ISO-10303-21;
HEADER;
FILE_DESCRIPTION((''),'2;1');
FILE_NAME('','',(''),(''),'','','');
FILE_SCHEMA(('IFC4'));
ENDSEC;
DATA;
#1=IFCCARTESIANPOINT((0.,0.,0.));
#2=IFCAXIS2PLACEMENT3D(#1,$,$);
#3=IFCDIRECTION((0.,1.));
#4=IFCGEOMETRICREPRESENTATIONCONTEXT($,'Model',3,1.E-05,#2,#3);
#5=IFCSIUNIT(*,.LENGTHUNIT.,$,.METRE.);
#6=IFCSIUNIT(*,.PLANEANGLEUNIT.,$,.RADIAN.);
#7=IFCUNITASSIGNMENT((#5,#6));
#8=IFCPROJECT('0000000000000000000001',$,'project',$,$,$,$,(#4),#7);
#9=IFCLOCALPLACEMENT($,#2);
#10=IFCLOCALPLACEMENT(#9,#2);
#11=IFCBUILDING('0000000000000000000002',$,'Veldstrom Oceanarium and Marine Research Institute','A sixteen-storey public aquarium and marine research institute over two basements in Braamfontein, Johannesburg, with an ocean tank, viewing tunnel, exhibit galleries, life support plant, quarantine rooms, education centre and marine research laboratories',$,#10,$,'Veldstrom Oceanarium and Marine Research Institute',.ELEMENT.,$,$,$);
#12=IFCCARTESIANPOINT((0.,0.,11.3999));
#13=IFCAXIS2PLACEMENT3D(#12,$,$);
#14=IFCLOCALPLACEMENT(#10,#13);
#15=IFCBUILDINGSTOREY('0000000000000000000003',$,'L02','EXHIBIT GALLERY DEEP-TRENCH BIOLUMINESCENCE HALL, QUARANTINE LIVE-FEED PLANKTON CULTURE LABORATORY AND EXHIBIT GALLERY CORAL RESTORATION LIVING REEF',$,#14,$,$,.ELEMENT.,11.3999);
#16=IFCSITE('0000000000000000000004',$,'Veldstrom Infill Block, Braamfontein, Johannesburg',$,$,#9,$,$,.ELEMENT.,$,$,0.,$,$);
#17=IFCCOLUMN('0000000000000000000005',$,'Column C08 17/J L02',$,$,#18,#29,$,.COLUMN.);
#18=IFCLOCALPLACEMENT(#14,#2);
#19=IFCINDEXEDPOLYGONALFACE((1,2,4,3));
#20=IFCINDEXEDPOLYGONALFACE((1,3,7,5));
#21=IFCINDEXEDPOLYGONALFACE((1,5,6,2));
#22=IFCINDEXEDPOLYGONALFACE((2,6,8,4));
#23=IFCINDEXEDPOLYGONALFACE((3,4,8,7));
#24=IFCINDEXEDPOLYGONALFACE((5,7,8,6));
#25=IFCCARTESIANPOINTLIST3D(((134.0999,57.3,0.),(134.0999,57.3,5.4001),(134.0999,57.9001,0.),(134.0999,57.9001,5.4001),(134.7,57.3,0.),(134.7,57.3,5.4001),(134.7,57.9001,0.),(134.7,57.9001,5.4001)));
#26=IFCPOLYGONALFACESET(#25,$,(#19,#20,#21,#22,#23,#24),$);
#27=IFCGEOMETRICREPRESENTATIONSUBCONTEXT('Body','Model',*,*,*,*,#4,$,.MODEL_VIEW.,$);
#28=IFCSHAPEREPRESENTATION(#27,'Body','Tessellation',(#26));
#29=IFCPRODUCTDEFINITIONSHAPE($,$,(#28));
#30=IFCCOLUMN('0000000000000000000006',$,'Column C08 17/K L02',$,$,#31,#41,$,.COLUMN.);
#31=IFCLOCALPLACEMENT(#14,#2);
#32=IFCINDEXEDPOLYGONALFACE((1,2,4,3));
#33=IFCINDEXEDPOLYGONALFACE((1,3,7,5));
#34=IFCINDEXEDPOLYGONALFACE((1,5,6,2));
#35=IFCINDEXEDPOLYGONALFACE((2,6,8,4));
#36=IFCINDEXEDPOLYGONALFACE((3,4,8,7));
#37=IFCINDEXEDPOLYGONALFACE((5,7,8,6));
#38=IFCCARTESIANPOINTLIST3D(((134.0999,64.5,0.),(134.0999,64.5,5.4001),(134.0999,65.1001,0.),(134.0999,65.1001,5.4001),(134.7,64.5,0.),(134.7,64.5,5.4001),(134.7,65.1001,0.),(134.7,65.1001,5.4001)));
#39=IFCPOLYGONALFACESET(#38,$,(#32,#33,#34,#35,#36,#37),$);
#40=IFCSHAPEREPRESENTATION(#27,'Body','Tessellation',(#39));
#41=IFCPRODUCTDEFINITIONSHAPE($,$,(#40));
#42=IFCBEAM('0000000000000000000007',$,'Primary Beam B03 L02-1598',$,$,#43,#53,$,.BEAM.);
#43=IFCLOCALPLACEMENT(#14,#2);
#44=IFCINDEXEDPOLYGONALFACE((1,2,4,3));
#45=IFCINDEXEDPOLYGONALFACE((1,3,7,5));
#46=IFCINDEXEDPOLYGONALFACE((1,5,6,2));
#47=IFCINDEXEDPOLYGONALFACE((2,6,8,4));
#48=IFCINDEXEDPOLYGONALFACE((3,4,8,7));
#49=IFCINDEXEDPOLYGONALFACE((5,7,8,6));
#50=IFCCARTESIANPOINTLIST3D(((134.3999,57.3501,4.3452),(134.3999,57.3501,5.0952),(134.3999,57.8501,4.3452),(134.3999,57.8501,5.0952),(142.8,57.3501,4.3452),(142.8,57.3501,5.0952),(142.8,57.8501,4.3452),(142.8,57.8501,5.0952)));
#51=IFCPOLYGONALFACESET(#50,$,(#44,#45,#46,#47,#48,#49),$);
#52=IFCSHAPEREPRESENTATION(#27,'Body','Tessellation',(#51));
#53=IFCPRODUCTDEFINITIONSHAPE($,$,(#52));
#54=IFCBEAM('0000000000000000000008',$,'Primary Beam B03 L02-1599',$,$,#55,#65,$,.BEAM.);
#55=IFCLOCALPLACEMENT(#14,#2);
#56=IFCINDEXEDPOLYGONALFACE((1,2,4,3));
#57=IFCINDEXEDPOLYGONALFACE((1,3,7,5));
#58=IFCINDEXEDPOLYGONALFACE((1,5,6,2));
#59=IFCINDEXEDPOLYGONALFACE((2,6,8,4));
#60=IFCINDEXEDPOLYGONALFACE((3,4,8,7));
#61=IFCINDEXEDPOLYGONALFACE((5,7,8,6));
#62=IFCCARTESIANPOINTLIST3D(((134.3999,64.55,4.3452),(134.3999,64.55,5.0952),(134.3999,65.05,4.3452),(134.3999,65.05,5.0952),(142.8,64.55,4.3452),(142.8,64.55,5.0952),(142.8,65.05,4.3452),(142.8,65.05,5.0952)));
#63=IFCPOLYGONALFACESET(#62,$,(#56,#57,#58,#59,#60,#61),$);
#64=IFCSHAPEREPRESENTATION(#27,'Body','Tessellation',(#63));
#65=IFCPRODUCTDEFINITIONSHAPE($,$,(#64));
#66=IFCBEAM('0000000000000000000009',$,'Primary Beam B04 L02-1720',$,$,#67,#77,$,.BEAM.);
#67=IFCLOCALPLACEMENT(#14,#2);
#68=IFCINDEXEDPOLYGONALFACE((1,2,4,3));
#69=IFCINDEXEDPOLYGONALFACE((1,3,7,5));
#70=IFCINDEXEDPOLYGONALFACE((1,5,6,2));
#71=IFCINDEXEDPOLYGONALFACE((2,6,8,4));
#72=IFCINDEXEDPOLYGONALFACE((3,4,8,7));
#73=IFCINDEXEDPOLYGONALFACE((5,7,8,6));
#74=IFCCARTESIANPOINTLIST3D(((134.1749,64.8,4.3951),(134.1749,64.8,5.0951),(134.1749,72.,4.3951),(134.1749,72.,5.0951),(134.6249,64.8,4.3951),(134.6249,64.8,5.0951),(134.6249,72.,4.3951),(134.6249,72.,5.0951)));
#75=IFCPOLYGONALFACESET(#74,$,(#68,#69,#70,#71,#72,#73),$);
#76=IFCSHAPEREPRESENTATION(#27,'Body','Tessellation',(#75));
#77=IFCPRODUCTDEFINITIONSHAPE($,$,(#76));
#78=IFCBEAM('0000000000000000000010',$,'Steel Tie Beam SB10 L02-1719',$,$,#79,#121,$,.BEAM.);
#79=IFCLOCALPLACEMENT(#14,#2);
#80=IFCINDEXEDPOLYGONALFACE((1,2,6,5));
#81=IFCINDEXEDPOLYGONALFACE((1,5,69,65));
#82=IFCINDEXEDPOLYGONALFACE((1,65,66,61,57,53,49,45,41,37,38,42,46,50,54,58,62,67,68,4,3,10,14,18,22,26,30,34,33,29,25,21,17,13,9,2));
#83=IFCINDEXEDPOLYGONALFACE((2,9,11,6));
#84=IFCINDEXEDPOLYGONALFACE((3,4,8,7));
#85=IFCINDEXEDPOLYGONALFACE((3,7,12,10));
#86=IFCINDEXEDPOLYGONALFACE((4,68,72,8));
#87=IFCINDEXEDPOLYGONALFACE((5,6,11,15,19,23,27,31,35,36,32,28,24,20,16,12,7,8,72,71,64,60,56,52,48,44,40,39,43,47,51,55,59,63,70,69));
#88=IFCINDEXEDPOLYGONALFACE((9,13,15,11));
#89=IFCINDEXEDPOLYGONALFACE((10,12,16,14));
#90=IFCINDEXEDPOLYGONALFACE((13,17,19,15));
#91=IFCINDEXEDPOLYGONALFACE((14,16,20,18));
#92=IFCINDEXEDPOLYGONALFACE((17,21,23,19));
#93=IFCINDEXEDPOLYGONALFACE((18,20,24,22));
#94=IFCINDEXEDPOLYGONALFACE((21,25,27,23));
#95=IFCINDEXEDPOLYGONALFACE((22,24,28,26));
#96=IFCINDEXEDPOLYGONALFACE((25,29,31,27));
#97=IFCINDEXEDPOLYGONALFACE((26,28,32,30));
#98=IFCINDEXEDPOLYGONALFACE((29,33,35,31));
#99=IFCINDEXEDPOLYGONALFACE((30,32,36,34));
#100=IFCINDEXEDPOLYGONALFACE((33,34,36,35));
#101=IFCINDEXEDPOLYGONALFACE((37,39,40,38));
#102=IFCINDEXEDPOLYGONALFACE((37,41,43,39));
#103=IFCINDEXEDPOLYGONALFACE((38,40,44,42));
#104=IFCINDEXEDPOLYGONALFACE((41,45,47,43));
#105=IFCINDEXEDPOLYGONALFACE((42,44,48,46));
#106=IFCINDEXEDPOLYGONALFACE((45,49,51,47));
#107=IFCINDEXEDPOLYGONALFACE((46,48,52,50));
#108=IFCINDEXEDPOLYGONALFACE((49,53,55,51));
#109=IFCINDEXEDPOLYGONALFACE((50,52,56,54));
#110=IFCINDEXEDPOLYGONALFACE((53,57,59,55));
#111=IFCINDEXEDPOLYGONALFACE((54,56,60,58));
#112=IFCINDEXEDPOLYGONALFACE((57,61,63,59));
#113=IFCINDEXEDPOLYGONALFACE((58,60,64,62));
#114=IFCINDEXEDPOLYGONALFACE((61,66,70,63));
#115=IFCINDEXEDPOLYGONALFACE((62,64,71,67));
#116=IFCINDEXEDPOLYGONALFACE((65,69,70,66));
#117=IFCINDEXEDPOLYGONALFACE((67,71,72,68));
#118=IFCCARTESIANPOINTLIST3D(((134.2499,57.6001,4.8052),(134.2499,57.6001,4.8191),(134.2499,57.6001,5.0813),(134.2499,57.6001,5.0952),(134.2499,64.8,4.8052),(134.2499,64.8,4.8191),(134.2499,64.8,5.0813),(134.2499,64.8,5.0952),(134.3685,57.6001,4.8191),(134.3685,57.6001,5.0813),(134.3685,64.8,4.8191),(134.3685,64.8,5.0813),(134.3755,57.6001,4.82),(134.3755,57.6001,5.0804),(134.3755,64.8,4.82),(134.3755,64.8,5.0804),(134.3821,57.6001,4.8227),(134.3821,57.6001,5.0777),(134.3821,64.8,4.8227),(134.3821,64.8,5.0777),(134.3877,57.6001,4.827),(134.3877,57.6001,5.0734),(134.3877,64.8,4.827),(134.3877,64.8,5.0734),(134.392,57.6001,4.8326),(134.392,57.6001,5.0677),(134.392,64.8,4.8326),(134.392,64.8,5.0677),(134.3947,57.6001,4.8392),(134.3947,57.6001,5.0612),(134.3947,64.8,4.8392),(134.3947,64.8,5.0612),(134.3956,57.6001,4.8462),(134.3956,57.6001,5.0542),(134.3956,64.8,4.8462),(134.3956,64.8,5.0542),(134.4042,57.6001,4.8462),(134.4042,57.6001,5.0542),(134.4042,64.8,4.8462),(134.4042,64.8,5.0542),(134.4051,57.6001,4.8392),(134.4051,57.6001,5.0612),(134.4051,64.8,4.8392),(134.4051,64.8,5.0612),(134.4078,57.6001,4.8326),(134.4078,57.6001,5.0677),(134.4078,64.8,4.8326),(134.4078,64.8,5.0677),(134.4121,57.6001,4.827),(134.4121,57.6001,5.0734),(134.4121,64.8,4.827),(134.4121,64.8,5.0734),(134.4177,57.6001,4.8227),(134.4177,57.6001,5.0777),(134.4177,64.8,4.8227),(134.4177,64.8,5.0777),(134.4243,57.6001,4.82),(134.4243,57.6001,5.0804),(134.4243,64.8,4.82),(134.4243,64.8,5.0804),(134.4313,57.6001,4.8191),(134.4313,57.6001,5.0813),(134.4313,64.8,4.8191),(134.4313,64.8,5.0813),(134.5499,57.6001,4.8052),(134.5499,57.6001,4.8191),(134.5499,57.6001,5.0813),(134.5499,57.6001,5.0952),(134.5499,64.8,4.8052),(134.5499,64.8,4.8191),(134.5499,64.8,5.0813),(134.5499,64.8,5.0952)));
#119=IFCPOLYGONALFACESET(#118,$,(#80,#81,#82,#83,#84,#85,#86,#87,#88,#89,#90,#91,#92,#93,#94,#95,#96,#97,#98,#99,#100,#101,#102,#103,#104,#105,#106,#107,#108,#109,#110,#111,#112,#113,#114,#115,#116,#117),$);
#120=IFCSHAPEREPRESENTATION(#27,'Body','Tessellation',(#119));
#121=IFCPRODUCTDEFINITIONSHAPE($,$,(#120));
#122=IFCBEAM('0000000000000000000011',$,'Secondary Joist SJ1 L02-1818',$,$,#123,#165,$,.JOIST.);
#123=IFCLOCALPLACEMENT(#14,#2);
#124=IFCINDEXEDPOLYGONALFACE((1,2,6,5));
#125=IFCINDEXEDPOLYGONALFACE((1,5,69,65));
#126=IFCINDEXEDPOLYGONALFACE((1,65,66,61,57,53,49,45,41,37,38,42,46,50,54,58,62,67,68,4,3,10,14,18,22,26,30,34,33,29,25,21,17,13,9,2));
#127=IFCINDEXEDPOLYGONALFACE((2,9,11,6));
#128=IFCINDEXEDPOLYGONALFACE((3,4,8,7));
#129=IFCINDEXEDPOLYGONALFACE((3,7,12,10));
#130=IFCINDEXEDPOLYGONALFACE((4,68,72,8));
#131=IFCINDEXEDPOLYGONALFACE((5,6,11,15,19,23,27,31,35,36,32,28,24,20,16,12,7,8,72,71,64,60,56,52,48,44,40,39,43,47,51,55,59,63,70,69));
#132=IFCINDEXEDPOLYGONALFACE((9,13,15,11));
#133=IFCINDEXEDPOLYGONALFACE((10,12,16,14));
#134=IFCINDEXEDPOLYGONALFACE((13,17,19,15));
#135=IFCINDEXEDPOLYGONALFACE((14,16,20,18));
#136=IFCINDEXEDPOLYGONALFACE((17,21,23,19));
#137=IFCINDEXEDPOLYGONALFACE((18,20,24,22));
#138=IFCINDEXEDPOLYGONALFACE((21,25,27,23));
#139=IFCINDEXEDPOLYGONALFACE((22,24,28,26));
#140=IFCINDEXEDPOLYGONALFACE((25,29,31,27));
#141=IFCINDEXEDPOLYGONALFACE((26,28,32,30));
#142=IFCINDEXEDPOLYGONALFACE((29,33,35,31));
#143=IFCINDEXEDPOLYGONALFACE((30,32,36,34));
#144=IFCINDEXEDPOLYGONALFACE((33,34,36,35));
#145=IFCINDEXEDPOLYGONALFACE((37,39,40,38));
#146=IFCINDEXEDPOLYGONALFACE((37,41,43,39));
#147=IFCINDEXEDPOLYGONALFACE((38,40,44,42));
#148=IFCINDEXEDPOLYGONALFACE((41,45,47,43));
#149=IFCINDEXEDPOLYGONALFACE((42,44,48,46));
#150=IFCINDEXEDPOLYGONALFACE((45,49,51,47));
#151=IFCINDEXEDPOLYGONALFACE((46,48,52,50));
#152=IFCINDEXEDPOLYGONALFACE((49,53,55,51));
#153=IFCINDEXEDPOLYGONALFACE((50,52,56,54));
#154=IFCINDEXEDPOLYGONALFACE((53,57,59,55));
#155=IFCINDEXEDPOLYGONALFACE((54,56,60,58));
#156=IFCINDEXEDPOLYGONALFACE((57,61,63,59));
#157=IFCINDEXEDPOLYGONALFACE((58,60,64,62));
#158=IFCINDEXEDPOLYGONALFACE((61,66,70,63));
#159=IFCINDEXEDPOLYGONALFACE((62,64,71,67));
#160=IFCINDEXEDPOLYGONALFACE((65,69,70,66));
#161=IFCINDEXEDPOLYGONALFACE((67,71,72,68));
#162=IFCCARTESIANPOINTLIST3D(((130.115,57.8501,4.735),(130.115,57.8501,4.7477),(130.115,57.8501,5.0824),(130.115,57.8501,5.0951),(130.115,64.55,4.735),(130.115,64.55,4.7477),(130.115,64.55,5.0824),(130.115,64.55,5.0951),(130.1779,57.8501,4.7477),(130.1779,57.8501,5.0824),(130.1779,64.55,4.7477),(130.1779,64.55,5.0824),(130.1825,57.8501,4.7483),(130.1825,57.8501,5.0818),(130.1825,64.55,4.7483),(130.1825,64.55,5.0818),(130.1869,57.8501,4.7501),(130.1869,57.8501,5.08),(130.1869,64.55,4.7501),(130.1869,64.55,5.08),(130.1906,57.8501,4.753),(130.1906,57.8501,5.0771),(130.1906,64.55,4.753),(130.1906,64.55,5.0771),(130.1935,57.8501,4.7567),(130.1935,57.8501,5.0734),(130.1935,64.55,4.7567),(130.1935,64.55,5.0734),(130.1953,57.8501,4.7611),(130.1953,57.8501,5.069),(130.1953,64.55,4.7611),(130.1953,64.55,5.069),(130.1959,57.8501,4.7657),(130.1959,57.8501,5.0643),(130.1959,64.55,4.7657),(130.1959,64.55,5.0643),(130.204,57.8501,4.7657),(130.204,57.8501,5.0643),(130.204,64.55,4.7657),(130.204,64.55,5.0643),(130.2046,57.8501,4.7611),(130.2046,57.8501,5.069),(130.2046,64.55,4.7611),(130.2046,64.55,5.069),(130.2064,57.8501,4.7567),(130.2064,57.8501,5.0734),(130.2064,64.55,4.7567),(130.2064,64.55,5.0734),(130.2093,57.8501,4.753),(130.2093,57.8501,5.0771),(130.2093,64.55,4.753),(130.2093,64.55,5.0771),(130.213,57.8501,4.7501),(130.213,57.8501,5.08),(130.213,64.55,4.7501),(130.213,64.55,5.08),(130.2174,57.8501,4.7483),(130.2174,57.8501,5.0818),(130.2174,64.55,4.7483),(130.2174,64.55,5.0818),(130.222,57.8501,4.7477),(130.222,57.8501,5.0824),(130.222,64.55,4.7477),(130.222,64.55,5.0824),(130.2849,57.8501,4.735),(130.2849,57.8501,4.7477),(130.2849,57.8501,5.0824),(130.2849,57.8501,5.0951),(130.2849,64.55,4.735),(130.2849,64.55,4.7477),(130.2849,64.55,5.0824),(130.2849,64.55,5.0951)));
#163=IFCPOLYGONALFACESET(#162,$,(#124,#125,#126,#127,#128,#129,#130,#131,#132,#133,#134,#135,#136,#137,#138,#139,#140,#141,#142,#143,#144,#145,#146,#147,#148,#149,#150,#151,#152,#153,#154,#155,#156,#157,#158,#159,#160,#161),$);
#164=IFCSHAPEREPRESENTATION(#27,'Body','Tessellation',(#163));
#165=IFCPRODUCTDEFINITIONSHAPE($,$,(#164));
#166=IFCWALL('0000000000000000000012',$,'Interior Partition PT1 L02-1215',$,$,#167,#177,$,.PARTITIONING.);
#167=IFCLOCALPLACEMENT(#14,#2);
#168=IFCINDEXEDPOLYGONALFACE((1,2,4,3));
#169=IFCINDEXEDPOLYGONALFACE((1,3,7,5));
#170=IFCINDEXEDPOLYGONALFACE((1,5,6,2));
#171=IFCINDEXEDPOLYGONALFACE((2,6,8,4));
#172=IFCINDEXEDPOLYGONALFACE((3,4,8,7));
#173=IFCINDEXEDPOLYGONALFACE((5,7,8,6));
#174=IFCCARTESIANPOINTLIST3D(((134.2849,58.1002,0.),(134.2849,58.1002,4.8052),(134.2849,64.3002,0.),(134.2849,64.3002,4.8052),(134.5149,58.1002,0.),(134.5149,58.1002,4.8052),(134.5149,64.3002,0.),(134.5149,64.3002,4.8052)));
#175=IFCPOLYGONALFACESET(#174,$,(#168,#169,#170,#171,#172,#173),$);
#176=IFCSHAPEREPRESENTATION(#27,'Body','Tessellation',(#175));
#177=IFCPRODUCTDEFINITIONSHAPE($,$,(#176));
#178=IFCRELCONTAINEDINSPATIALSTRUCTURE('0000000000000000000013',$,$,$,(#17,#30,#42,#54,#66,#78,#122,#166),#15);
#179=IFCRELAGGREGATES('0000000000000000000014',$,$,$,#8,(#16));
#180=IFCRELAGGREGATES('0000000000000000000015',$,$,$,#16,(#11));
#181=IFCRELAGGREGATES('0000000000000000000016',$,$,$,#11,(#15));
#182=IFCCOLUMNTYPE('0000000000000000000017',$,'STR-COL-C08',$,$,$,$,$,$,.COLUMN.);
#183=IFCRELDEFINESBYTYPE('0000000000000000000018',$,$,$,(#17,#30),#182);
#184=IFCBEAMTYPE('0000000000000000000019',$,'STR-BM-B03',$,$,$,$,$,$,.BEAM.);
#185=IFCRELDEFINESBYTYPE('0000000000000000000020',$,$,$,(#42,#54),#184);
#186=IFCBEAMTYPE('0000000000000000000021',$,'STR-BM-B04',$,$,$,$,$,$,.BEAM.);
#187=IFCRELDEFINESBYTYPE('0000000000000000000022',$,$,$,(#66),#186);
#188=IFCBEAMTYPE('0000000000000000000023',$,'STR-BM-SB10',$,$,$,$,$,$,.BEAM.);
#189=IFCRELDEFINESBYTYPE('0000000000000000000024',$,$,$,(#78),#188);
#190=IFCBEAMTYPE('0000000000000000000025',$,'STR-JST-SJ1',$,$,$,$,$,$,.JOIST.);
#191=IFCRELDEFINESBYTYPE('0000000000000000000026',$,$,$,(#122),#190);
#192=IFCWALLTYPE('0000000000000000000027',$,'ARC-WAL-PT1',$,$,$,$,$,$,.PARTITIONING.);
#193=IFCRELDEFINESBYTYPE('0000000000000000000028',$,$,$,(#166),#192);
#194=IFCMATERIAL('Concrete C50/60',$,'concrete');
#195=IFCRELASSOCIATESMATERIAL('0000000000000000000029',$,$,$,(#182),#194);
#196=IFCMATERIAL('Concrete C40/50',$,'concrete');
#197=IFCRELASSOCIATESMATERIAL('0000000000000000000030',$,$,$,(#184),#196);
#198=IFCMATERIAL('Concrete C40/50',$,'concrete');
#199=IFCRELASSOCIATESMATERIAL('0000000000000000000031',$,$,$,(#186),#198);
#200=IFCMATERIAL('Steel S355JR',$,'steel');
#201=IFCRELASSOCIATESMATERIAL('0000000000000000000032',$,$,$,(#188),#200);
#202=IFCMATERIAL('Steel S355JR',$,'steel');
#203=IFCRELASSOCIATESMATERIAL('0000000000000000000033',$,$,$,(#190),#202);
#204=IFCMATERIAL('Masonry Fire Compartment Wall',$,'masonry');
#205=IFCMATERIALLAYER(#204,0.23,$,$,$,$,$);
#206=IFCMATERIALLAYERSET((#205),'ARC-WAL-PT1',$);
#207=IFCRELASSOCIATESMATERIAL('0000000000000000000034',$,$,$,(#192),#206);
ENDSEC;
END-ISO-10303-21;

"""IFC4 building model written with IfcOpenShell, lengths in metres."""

from ifc_helpers import new_model, si_unit, direction, frame, frame_2d, origin, origin_2d, place, context, subcontext, project, spatial, rectangle, i_section, extrude, material, layer, layer_set, material_profile, profile_set, type_object, element, save


model = new_model("IFC4")

# Units and contexts
model_context = context("Model", 3, precision=1e-05, world=origin(), true_north=direction((0.0, 1.0)))
body_context = subcontext(model_context, "Body", "Model", "MODEL_VIEW")
ifc_project = project(units=[si_unit("LENGTHUNIT", "METRE"), si_unit("PLANEANGLEUNIT", "RADIAN")], contexts=[model_context])

# Site, building, storey
site_placement = place(None, origin())
site = spatial("IfcSite", under=ifc_project, at=site_placement, Name="Veldstrom Infill Block, Braamfontein, Johannesburg", CompositionType="ELEMENT", RefElevation=0.0)
building_placement = place(site_placement, origin())
building = spatial("IfcBuilding", under=site, at=building_placement, Name="Veldstrom Oceanarium and Marine Research Institute", Description="A sixteen-storey public aquarium and marine research institute over two basements in Braamfontein, Johannesburg, with an ocean tank, viewing tunnel, exhibit galleries, life support plant, quarantine rooms, education centre and marine research laboratories", LongName="Veldstrom Oceanarium and Marine Research Institute", CompositionType="ELEMENT")
storey_placement = place(building_placement, frame((0.0, 0.0, 11.3999)))
storey = spatial("IfcBuildingStorey", under=building, at=storey_placement, Name="L02", Description="EXHIBIT GALLERY DEEP-TRENCH BIOLUMINESCENCE HALL, QUARANTINE LIVE-FEED PLANKTON CULTURE LABORATORY AND EXHIBIT GALLERY CORAL RESTORATION LIVING REEF", CompositionType="ELEMENT", Elevation=11.3999)

# Columns
ifc_material_1 = material(Name="Concrete C50/60", Category="concrete")
ifc_material_profile_1 = material_profile(ifc_material_1, rectangle(XDim=0.6001, YDim=0.6001, at=origin_2d()), Name="RC-COL-600x600")
ifc_profile_set_1 = profile_set([ifc_material_profile_1], Name="Concrete C50/60")
column_type = type_object("IfcColumnType", Name="STR-COL-C08", PredefinedType="COLUMN", material=ifc_profile_set_1)
for number, where, z_axis, x_axis, name in (
    (1, (134.3999, 57.6001, 0.0), (0.0, 0.0, 1.0), (1.0, 0.0, 0.0), "Column C08 17/J L02"),
    (2, (134.3999, 64.8, 0.0), (0.0, 0.0, 1.0), (1.0, 0.0, 0.0), "Column C08 17/K L02"),
):
    element("IfcColumn", number, at=place(storey_placement, frame(where, z_axis=z_axis, x_axis=x_axis)), inside=storey, type_object=column_type, Name=name, PredefinedType="COLUMN", context=body_context, shape_type="SweptSolid", body=[
        extrude(rectangle(XDim=0.6001, YDim=0.6001, at=origin_2d()), origin(), (0.0, 0.0, 1.0), 5.4001),
    ])

# Beams
ifc_material_2 = material(Name="Concrete C40/50", Category="concrete")
ifc_material_profile_2 = material_profile(ifc_material_2, rectangle(XDim=0.5, YDim=0.75, at=origin_2d()), Name="RC-BM-500x750")
ifc_profile_set_2 = profile_set([ifc_material_profile_2], Name="Concrete C40/50")
beam_type_1 = type_object("IfcBeamType", Name="STR-BM-B03", PredefinedType="BEAM", material=ifc_profile_set_2)
for number, where, z_axis, x_axis, name in (
    (3, (134.3999, 57.6001, 4.7202), (1.0, 0.0, 0.0), (0.0, 1.0, 0.0), "Primary Beam B03 L02-1598"),
    (4, (134.3999, 64.8, 4.7202), (1.0, 0.0, 0.0), (0.0, 1.0, 0.0), "Primary Beam B03 L02-1599"),
):
    element("IfcBeam", number, at=place(storey_placement, frame(where, z_axis=z_axis, x_axis=x_axis)), inside=storey, type_object=beam_type_1, Name=name, PredefinedType="BEAM", context=body_context, shape_type="SweptSolid", body=[
        extrude(rectangle(XDim=0.5, YDim=0.75, at=origin_2d()), origin(), (0.0, 0.0, 1.0), 8.4001),
    ])
ifc_material_3 = material(Name="Concrete C40/50", Category="concrete")
ifc_material_profile_3 = material_profile(ifc_material_3, rectangle(XDim=0.45, YDim=0.7, at=origin_2d()), Name="RC-BM-450x700")
ifc_profile_set_3 = profile_set([ifc_material_profile_3], Name="Concrete C40/50")
beam_type_2 = type_object("IfcBeamType", Name="STR-BM-B04", PredefinedType="BEAM", material=ifc_profile_set_3)
beam_1_placement = place(storey_placement, frame((134.3999, 64.8, 4.7451), z_axis=(0.0, 1.0, 0.0), x_axis=(-1.0, 0.0, 0.0)))
element("IfcBeam", 5, at=beam_1_placement, inside=storey, type_object=beam_type_2, Name="Primary Beam B04 L02-1720", PredefinedType="BEAM", context=body_context, shape_type="SweptSolid", body=[
    extrude(rectangle(XDim=0.45, YDim=0.7, at=origin_2d()), origin(), (0.0, 0.0, 1.0), 7.2),
])
ifc_material_4 = material(Name="Steel S355JR", Category="steel")
ifc_material_profile_4 = material_profile(ifc_material_4, i_section(OverallWidth=0.3, OverallDepth=0.29, WebThickness=0.0085, FlangeThickness=0.0139, FilletRadius=0.0271, at=origin_2d()), Name="HEA 300")
ifc_profile_set_4 = profile_set([ifc_material_profile_4], Name="Steel S355JR")
beam_type_3 = type_object("IfcBeamType", Name="STR-BM-SB10", PredefinedType="BEAM", material=ifc_profile_set_4)
beam_2_placement = place(storey_placement, frame((134.3999, 57.6001, 4.9502), z_axis=(0.0, 1.0, 0.0), x_axis=(-1.0, 0.0, 0.0)))
element("IfcBeam", 6, at=beam_2_placement, inside=storey, type_object=beam_type_3, Name="Steel Tie Beam SB10 L02-1719", PredefinedType="BEAM", context=body_context, shape_type="SweptSolid", body=[
    extrude(i_section(OverallWidth=0.3, OverallDepth=0.29, WebThickness=0.0085, FlangeThickness=0.0139, FilletRadius=0.0271, at=origin_2d()), origin(), (0.0, 0.0, 1.0), 7.2),
])
ifc_material_5 = material(Name="Steel S355JR", Category="steel")
ifc_material_profile_5 = material_profile(ifc_material_5, i_section(OverallWidth=0.1699, OverallDepth=0.3601, WebThickness=0.0081, FlangeThickness=0.0127, FilletRadius=0.0181, at=origin_2d()), Name="IPE 360")
ifc_profile_set_5 = profile_set([ifc_material_profile_5], Name="Steel S355JR")
beam_type_4 = type_object("IfcBeamType", Name="STR-JST-SJ1", PredefinedType="JOIST", material=ifc_profile_set_5)
beam_3_placement = place(storey_placement, frame((130.2, 57.8501, 4.915), z_axis=(0.0, 1.0, 0.0), x_axis=(-1.0, 0.0, 0.0)))
element("IfcBeam", 7, at=beam_3_placement, inside=storey, type_object=beam_type_4, Name="Secondary Joist SJ1 L02-1818", PredefinedType="JOIST", context=body_context, shape_type="SweptSolid", body=[
    extrude(i_section(OverallWidth=0.1699, OverallDepth=0.3601, WebThickness=0.0081, FlangeThickness=0.0127, FilletRadius=0.0181, at=origin_2d()), origin(), (0.0, 0.0, 1.0), 6.7),
])

# Wall
ifc_material_6 = material(Name="Masonry Fire Compartment Wall", Category="masonry")
ifc_layer_1 = layer(ifc_material_6, 0.23)
ifc_layer_set_1 = layer_set([ifc_layer_1], Name="ARC-WAL-PT1")
wall_type_1 = type_object("IfcWallType", Name="ARC-WAL-PT1", PredefinedType="PARTITIONING", material=ifc_layer_set_1)
wall_1_placement = place(storey_placement, frame((134.3999, 58.1001, 0.0), z_axis=(0.0, 0.0, 1.0), x_axis=(0.0, 1.0, 0.0)))
element("IfcWall", 8, at=wall_1_placement, inside=storey, type_object=wall_type_1, Name="Interior Partition PT1 L02-1215", PredefinedType="PARTITIONING", context=body_context, shape_type="SweptSolid", body=[
    extrude(rectangle(XDim=6.2, YDim=0.23, at=frame_2d((3.1001, 0.0))), origin(), (0.0, 0.0, 1.0), 4.8052),
])

save(model, "model.ifc")
